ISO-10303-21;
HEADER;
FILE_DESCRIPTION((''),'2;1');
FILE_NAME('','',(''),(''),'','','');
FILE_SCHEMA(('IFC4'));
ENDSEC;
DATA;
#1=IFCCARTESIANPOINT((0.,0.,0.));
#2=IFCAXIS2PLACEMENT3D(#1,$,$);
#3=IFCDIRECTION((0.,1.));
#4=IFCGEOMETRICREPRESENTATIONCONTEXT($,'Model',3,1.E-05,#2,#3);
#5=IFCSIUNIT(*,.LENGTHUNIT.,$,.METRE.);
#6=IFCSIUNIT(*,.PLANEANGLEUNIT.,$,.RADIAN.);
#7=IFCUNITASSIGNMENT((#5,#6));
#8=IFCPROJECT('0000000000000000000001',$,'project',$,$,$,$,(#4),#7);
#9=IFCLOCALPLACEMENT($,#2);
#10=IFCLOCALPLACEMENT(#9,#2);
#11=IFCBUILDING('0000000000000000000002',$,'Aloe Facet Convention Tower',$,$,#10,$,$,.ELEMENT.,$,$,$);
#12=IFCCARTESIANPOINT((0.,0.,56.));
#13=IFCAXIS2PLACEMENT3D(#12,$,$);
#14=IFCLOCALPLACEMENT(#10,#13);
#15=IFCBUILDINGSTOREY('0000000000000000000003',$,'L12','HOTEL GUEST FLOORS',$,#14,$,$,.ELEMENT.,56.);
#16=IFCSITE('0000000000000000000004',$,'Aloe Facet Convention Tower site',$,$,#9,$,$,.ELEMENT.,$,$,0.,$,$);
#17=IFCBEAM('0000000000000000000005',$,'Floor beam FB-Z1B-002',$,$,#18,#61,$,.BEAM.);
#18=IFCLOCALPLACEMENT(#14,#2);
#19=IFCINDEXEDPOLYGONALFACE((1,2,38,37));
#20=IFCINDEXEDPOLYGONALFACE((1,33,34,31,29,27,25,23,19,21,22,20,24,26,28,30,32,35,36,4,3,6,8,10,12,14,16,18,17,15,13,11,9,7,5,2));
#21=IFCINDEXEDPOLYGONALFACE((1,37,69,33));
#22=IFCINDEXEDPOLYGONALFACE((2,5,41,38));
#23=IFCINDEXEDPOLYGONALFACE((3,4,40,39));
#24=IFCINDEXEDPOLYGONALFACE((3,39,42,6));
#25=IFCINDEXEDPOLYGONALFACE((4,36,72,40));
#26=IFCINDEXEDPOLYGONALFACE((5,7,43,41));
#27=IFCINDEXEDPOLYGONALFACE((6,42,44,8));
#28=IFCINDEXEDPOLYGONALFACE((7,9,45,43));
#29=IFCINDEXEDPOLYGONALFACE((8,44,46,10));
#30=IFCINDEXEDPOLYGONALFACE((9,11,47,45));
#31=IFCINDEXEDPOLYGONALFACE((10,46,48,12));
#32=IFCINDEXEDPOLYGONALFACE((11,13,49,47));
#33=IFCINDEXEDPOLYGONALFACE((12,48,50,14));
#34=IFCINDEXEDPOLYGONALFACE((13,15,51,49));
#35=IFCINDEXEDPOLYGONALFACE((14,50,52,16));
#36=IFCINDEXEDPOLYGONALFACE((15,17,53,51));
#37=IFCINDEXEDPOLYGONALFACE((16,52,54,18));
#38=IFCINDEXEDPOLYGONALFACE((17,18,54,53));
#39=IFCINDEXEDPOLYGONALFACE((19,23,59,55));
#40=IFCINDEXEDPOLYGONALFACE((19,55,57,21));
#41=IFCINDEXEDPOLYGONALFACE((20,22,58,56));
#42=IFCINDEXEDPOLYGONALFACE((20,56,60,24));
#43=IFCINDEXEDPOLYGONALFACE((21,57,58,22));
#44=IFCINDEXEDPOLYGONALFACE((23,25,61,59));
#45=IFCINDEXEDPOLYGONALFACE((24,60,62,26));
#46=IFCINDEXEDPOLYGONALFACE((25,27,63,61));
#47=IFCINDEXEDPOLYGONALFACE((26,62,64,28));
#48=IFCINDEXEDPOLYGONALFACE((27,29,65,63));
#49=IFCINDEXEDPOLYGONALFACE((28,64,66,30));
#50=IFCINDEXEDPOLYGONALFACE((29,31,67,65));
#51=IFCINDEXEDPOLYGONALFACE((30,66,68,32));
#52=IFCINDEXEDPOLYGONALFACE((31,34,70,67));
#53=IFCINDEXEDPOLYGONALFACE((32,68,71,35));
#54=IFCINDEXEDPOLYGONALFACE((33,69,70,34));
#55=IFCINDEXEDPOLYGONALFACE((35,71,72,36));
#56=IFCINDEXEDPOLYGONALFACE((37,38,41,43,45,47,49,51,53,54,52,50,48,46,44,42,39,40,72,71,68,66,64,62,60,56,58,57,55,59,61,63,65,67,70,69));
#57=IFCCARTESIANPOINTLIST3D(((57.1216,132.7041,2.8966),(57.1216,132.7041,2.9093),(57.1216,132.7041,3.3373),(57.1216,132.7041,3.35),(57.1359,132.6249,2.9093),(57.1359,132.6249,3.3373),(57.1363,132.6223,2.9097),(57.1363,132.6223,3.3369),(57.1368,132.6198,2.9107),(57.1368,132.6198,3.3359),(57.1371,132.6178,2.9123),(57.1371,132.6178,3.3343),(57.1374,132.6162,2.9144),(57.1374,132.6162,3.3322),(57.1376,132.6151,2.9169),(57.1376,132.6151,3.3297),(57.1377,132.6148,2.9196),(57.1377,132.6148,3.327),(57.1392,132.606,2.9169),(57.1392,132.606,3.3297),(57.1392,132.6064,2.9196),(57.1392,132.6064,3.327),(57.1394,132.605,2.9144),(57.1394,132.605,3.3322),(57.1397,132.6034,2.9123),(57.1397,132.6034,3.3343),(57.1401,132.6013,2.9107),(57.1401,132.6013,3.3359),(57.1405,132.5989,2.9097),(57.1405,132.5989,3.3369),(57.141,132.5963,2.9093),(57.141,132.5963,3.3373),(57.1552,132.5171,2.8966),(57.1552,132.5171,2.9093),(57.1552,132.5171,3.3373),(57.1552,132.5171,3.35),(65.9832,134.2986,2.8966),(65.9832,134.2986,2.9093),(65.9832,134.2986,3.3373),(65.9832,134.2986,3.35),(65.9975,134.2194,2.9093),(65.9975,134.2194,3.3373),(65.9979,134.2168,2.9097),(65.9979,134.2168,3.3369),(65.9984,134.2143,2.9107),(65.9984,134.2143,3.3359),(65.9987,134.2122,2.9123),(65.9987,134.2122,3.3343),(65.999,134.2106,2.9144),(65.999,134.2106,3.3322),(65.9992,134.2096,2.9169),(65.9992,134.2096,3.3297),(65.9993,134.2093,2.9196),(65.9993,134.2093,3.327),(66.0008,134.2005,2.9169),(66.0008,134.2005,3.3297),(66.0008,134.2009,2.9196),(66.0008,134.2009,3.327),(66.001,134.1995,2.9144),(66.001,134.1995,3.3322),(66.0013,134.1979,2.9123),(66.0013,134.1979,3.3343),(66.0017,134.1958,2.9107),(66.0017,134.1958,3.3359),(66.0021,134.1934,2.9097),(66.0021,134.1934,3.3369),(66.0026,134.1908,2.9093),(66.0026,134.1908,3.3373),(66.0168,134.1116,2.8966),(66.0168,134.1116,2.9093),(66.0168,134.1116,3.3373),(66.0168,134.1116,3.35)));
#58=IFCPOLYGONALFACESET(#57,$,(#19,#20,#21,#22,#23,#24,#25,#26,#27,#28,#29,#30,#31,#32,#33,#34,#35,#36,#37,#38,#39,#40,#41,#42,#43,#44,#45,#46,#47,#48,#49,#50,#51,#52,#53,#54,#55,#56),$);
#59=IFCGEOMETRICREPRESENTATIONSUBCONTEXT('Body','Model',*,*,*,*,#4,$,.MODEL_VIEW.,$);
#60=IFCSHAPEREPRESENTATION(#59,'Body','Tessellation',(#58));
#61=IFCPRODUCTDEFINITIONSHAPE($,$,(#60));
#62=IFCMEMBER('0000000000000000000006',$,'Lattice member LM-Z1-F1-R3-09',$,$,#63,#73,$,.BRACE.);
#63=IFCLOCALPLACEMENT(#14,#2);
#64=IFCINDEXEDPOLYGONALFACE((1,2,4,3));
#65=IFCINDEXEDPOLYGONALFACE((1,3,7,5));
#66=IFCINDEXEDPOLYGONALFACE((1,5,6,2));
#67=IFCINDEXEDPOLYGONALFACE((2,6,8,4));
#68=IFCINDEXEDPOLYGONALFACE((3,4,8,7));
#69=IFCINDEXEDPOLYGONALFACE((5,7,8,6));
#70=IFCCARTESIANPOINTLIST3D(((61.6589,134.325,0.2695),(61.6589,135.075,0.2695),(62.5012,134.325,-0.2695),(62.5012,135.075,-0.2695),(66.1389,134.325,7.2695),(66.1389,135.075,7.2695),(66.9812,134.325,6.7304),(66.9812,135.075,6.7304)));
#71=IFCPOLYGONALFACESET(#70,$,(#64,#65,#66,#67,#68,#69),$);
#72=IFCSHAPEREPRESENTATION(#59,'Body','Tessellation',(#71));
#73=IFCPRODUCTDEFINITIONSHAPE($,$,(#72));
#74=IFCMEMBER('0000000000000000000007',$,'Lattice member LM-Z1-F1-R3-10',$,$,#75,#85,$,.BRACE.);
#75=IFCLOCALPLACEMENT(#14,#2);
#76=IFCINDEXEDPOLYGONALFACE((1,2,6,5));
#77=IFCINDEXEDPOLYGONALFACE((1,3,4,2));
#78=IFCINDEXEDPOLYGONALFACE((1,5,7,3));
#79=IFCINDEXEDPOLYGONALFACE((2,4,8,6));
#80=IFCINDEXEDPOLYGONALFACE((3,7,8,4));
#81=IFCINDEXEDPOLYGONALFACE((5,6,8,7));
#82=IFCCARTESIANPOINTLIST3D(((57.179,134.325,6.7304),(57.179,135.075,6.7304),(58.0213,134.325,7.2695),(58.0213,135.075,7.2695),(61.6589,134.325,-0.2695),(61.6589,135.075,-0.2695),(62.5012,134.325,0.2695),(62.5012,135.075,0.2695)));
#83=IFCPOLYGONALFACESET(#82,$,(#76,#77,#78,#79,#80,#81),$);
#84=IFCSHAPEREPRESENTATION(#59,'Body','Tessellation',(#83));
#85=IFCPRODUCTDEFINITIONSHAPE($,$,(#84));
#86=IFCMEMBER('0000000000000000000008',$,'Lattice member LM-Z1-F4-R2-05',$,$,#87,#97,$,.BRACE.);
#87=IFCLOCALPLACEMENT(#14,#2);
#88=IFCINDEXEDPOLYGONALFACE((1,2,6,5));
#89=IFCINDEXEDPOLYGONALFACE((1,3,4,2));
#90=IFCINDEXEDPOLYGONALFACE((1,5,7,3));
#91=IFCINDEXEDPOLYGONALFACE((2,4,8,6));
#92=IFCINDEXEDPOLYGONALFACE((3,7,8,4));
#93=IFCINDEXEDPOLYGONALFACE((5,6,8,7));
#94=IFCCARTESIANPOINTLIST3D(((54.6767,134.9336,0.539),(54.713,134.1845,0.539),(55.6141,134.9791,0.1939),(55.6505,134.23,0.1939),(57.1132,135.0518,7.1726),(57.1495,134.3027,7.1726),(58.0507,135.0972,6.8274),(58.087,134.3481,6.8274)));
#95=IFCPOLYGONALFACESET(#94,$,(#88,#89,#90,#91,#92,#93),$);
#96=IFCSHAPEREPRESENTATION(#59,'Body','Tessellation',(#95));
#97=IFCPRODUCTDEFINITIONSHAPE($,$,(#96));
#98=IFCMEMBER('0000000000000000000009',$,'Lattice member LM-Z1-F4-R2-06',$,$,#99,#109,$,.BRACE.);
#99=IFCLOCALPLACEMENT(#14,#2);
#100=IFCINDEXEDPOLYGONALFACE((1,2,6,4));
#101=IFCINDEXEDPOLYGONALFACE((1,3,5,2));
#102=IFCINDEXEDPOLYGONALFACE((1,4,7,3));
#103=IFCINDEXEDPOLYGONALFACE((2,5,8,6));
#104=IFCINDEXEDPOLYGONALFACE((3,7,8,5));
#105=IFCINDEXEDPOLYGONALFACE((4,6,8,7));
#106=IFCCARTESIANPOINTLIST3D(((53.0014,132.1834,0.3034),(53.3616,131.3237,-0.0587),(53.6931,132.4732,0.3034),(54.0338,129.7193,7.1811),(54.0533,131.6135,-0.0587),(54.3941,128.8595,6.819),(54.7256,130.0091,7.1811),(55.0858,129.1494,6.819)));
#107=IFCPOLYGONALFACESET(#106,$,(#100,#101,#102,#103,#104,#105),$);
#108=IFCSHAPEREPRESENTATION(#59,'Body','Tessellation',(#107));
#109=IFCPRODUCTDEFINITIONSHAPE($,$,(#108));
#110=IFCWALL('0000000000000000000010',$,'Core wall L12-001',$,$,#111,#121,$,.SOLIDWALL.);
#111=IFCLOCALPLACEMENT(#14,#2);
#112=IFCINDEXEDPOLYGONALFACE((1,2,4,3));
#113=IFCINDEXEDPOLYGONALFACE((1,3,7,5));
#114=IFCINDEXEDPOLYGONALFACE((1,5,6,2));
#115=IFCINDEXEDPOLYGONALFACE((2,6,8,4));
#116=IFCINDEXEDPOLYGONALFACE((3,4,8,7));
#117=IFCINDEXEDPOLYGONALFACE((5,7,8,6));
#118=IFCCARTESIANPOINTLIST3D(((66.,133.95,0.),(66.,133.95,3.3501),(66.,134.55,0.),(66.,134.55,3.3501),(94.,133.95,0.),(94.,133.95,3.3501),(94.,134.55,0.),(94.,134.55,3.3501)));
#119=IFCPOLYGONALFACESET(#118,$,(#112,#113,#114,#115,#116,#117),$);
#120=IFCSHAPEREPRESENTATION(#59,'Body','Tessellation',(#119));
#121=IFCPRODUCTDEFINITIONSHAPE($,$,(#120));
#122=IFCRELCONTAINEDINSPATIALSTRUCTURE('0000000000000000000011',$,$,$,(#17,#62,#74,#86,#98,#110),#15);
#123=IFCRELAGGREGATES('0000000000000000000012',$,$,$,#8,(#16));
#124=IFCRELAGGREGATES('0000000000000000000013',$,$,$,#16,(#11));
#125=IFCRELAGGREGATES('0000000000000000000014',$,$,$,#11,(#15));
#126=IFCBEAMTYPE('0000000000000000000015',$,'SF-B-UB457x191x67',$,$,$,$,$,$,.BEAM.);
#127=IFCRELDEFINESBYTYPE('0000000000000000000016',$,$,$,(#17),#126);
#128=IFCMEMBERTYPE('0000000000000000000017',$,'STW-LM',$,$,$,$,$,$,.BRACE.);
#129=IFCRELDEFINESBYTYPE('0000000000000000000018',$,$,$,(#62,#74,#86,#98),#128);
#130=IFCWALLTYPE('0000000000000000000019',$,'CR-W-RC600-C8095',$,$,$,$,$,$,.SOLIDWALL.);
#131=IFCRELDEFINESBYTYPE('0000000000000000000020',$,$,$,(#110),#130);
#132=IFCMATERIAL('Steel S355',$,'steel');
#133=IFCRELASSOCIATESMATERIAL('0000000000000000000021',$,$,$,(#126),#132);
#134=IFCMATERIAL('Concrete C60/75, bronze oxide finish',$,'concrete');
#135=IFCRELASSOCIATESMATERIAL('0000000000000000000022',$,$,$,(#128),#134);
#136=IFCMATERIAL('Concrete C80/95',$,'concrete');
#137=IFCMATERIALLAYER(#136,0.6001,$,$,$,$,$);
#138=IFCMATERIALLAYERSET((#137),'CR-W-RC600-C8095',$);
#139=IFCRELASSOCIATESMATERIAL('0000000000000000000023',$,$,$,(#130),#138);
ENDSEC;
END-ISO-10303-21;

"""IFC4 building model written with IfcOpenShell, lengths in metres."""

from ifc_helpers import new_model, si_unit, direction, frame, frame_2d, origin, origin_2d, place, context, subcontext, project, spatial, rectangle, i_section, extrude, material, layer, layer_set, material_profile, profile_set, type_object, element, save


model = new_model("IFC4")

# Units and contexts
model_context = context("Model", 3, precision=1e-05, world=origin(), true_north=direction((0.0, 1.0)))
body_context = subcontext(model_context, "Body", "Model", "MODEL_VIEW")
ifc_project = project(units=[si_unit("LENGTHUNIT", "METRE"), si_unit("PLANEANGLEUNIT", "RADIAN")], contexts=[model_context])

# Site, building, storey
site_placement = place(None, origin())
site = spatial("IfcSite", under=ifc_project, at=site_placement, Name="Aloe Facet Convention Tower site", CompositionType="ELEMENT", RefElevation=0.0)
building_placement = place(site_placement, origin())
building = spatial("IfcBuilding", under=site, at=building_placement, Name="Aloe Facet Convention Tower", CompositionType="ELEMENT")
storey_placement = place(building_placement, frame((0.0, 0.0, 56.0)))
storey = spatial("IfcBuildingStorey", under=building, at=storey_placement, Name="L12", Description="HOTEL GUEST FLOORS", CompositionType="ELEMENT", Elevation=56.0)

# Beam
ifc_material_1 = material(Name="Steel S355", Category="steel")
ifc_material_profile_1 = material_profile(ifc_material_1, i_section(OverallWidth=0.1899, OverallDepth=0.4534, WebThickness=0.0085, FlangeThickness=0.0127, FilletRadius=0.0103, at=origin_2d()), Name="UB 457x191x67")
ifc_profile_set_1 = profile_set([ifc_material_profile_1], Name="Steel S355")
beam_type_1 = type_object("IfcBeamType", Name="SF-B-UB457x191x67", PredefinedType="BEAM", material=ifc_profile_set_1)
beam_1_placement = place(storey_placement, frame((57.1384, 132.6106, 3.1233), z_axis=(0.984195, 0.177088, 0.0), x_axis=(-0.177088, 0.984195, 0.0)))
element("IfcBeam", 1, at=beam_1_placement, inside=storey, type_object=beam_type_1, Name="Floor beam FB-Z1B-002", PredefinedType="BEAM", context=body_context, shape_type="SweptSolid", body=[
    extrude(i_section(OverallWidth=0.1899, OverallDepth=0.4534, WebThickness=0.0085, FlangeThickness=0.0127, FilletRadius=0.0103, at=origin_2d()), origin(), (0.0, 0.0, 1.0), 9.0039),
])

# Members
ifc_material_2 = material(Name="Concrete C60/75, bronze oxide finish", Category="concrete")
ifc_material_profile_2 = material_profile(ifc_material_2, rectangle(XDim=0.75, YDim=1.0, at=origin_2d()), Name="STW-LM")
ifc_profile_set_2 = profile_set([ifc_material_profile_2], Name="Concrete C60/75, bronze oxide finish")
member_type = type_object("IfcMemberType", Name="STW-LM", PredefinedType="BRACE", material=ifc_profile_set_2)
for number, where, z_axis, x_axis, name in (
    (2, (62.0801, 134.7, 0.0), (0.539052, 0.0, 0.842272), (0.0, 1.0, 0.0), "Lattice member LM-Z1-F1-R3-09"),
    (3, (62.0801, 134.7, 0.0), (-0.539052, 0.0, 0.842272), (0.0, -1.0, 0.0), "Lattice member LM-Z1-F1-R3-10"),
):
    element("IfcMember", number, at=place(storey_placement, frame(where, z_axis=z_axis, x_axis=x_axis)), inside=storey, type_object=member_type, Name=name, PredefinedType="BRACE", context=body_context, shape_type="SweptSolid", body=[
        extrude(rectangle(XDim=0.75, YDim=1.0, at=origin_2d()), origin(), (0.0, 0.0, 1.0), 8.3108),
    ])
member_1_placement = place(storey_placement, frame((55.1636, 134.5818, 0.3665), z_axis=(0.344733, 0.016719, 0.938552), x_axis=(-0.04844, 0.998826, 0.0)))
element("IfcMember", 4, at=member_1_placement, inside=storey, type_object=member_type, Name="Lattice member LM-Z1-F4-R2-05", PredefinedType="BRACE", context=body_context, shape_type="SweptSolid", body=[
    extrude(rectangle(XDim=0.75, YDim=1.0, at=origin_2d()), origin(), (0.0, 0.0, 1.0), 7.0679),
])
member_2_placement = place(storey_placement, frame((53.5273, 131.8984, 0.1223), z_axis=(0.139932, -0.333964, 0.932141), x_axis=(0.92231, 0.386451, 0.0)))
element("IfcMember", 5, at=member_2_placement, inside=storey, type_object=member_type, Name="Lattice member LM-Z1-F4-R2-06", PredefinedType="BRACE", context=body_context, shape_type="SweptSolid", body=[
    extrude(rectangle(XDim=0.75, YDim=1.0, at=origin_2d()), origin(), (0.0, 0.0, 1.0), 7.3784),
])

# Wall
ifc_material_3 = material(Name="Concrete C80/95", Category="concrete")
ifc_layer_1 = layer(ifc_material_3, 0.6001)
ifc_layer_set_1 = layer_set([ifc_layer_1], Name="CR-W-RC600-C8095")
wall_type_1 = type_object("IfcWallType", Name="CR-W-RC600-C8095", PredefinedType="SOLIDWALL", material=ifc_layer_set_1)
wall_1_placement = place(storey_placement, frame((66.0, 134.25, 0.0), z_axis=(0.0, 0.0, 1.0), x_axis=(1.0, 0.0, 0.0)))
element("IfcWall", 6, at=wall_1_placement, inside=storey, type_object=wall_type_1, Name="Core wall L12-001", PredefinedType="SOLIDWALL", context=body_context, shape_type="SweptSolid", body=[
    extrude(rectangle(XDim=28.0, YDim=0.6001, at=frame_2d((14.0, 0.0))), origin(), (0.0, 0.0, 1.0), 3.3501),
])

save(model, "model.ifc")
